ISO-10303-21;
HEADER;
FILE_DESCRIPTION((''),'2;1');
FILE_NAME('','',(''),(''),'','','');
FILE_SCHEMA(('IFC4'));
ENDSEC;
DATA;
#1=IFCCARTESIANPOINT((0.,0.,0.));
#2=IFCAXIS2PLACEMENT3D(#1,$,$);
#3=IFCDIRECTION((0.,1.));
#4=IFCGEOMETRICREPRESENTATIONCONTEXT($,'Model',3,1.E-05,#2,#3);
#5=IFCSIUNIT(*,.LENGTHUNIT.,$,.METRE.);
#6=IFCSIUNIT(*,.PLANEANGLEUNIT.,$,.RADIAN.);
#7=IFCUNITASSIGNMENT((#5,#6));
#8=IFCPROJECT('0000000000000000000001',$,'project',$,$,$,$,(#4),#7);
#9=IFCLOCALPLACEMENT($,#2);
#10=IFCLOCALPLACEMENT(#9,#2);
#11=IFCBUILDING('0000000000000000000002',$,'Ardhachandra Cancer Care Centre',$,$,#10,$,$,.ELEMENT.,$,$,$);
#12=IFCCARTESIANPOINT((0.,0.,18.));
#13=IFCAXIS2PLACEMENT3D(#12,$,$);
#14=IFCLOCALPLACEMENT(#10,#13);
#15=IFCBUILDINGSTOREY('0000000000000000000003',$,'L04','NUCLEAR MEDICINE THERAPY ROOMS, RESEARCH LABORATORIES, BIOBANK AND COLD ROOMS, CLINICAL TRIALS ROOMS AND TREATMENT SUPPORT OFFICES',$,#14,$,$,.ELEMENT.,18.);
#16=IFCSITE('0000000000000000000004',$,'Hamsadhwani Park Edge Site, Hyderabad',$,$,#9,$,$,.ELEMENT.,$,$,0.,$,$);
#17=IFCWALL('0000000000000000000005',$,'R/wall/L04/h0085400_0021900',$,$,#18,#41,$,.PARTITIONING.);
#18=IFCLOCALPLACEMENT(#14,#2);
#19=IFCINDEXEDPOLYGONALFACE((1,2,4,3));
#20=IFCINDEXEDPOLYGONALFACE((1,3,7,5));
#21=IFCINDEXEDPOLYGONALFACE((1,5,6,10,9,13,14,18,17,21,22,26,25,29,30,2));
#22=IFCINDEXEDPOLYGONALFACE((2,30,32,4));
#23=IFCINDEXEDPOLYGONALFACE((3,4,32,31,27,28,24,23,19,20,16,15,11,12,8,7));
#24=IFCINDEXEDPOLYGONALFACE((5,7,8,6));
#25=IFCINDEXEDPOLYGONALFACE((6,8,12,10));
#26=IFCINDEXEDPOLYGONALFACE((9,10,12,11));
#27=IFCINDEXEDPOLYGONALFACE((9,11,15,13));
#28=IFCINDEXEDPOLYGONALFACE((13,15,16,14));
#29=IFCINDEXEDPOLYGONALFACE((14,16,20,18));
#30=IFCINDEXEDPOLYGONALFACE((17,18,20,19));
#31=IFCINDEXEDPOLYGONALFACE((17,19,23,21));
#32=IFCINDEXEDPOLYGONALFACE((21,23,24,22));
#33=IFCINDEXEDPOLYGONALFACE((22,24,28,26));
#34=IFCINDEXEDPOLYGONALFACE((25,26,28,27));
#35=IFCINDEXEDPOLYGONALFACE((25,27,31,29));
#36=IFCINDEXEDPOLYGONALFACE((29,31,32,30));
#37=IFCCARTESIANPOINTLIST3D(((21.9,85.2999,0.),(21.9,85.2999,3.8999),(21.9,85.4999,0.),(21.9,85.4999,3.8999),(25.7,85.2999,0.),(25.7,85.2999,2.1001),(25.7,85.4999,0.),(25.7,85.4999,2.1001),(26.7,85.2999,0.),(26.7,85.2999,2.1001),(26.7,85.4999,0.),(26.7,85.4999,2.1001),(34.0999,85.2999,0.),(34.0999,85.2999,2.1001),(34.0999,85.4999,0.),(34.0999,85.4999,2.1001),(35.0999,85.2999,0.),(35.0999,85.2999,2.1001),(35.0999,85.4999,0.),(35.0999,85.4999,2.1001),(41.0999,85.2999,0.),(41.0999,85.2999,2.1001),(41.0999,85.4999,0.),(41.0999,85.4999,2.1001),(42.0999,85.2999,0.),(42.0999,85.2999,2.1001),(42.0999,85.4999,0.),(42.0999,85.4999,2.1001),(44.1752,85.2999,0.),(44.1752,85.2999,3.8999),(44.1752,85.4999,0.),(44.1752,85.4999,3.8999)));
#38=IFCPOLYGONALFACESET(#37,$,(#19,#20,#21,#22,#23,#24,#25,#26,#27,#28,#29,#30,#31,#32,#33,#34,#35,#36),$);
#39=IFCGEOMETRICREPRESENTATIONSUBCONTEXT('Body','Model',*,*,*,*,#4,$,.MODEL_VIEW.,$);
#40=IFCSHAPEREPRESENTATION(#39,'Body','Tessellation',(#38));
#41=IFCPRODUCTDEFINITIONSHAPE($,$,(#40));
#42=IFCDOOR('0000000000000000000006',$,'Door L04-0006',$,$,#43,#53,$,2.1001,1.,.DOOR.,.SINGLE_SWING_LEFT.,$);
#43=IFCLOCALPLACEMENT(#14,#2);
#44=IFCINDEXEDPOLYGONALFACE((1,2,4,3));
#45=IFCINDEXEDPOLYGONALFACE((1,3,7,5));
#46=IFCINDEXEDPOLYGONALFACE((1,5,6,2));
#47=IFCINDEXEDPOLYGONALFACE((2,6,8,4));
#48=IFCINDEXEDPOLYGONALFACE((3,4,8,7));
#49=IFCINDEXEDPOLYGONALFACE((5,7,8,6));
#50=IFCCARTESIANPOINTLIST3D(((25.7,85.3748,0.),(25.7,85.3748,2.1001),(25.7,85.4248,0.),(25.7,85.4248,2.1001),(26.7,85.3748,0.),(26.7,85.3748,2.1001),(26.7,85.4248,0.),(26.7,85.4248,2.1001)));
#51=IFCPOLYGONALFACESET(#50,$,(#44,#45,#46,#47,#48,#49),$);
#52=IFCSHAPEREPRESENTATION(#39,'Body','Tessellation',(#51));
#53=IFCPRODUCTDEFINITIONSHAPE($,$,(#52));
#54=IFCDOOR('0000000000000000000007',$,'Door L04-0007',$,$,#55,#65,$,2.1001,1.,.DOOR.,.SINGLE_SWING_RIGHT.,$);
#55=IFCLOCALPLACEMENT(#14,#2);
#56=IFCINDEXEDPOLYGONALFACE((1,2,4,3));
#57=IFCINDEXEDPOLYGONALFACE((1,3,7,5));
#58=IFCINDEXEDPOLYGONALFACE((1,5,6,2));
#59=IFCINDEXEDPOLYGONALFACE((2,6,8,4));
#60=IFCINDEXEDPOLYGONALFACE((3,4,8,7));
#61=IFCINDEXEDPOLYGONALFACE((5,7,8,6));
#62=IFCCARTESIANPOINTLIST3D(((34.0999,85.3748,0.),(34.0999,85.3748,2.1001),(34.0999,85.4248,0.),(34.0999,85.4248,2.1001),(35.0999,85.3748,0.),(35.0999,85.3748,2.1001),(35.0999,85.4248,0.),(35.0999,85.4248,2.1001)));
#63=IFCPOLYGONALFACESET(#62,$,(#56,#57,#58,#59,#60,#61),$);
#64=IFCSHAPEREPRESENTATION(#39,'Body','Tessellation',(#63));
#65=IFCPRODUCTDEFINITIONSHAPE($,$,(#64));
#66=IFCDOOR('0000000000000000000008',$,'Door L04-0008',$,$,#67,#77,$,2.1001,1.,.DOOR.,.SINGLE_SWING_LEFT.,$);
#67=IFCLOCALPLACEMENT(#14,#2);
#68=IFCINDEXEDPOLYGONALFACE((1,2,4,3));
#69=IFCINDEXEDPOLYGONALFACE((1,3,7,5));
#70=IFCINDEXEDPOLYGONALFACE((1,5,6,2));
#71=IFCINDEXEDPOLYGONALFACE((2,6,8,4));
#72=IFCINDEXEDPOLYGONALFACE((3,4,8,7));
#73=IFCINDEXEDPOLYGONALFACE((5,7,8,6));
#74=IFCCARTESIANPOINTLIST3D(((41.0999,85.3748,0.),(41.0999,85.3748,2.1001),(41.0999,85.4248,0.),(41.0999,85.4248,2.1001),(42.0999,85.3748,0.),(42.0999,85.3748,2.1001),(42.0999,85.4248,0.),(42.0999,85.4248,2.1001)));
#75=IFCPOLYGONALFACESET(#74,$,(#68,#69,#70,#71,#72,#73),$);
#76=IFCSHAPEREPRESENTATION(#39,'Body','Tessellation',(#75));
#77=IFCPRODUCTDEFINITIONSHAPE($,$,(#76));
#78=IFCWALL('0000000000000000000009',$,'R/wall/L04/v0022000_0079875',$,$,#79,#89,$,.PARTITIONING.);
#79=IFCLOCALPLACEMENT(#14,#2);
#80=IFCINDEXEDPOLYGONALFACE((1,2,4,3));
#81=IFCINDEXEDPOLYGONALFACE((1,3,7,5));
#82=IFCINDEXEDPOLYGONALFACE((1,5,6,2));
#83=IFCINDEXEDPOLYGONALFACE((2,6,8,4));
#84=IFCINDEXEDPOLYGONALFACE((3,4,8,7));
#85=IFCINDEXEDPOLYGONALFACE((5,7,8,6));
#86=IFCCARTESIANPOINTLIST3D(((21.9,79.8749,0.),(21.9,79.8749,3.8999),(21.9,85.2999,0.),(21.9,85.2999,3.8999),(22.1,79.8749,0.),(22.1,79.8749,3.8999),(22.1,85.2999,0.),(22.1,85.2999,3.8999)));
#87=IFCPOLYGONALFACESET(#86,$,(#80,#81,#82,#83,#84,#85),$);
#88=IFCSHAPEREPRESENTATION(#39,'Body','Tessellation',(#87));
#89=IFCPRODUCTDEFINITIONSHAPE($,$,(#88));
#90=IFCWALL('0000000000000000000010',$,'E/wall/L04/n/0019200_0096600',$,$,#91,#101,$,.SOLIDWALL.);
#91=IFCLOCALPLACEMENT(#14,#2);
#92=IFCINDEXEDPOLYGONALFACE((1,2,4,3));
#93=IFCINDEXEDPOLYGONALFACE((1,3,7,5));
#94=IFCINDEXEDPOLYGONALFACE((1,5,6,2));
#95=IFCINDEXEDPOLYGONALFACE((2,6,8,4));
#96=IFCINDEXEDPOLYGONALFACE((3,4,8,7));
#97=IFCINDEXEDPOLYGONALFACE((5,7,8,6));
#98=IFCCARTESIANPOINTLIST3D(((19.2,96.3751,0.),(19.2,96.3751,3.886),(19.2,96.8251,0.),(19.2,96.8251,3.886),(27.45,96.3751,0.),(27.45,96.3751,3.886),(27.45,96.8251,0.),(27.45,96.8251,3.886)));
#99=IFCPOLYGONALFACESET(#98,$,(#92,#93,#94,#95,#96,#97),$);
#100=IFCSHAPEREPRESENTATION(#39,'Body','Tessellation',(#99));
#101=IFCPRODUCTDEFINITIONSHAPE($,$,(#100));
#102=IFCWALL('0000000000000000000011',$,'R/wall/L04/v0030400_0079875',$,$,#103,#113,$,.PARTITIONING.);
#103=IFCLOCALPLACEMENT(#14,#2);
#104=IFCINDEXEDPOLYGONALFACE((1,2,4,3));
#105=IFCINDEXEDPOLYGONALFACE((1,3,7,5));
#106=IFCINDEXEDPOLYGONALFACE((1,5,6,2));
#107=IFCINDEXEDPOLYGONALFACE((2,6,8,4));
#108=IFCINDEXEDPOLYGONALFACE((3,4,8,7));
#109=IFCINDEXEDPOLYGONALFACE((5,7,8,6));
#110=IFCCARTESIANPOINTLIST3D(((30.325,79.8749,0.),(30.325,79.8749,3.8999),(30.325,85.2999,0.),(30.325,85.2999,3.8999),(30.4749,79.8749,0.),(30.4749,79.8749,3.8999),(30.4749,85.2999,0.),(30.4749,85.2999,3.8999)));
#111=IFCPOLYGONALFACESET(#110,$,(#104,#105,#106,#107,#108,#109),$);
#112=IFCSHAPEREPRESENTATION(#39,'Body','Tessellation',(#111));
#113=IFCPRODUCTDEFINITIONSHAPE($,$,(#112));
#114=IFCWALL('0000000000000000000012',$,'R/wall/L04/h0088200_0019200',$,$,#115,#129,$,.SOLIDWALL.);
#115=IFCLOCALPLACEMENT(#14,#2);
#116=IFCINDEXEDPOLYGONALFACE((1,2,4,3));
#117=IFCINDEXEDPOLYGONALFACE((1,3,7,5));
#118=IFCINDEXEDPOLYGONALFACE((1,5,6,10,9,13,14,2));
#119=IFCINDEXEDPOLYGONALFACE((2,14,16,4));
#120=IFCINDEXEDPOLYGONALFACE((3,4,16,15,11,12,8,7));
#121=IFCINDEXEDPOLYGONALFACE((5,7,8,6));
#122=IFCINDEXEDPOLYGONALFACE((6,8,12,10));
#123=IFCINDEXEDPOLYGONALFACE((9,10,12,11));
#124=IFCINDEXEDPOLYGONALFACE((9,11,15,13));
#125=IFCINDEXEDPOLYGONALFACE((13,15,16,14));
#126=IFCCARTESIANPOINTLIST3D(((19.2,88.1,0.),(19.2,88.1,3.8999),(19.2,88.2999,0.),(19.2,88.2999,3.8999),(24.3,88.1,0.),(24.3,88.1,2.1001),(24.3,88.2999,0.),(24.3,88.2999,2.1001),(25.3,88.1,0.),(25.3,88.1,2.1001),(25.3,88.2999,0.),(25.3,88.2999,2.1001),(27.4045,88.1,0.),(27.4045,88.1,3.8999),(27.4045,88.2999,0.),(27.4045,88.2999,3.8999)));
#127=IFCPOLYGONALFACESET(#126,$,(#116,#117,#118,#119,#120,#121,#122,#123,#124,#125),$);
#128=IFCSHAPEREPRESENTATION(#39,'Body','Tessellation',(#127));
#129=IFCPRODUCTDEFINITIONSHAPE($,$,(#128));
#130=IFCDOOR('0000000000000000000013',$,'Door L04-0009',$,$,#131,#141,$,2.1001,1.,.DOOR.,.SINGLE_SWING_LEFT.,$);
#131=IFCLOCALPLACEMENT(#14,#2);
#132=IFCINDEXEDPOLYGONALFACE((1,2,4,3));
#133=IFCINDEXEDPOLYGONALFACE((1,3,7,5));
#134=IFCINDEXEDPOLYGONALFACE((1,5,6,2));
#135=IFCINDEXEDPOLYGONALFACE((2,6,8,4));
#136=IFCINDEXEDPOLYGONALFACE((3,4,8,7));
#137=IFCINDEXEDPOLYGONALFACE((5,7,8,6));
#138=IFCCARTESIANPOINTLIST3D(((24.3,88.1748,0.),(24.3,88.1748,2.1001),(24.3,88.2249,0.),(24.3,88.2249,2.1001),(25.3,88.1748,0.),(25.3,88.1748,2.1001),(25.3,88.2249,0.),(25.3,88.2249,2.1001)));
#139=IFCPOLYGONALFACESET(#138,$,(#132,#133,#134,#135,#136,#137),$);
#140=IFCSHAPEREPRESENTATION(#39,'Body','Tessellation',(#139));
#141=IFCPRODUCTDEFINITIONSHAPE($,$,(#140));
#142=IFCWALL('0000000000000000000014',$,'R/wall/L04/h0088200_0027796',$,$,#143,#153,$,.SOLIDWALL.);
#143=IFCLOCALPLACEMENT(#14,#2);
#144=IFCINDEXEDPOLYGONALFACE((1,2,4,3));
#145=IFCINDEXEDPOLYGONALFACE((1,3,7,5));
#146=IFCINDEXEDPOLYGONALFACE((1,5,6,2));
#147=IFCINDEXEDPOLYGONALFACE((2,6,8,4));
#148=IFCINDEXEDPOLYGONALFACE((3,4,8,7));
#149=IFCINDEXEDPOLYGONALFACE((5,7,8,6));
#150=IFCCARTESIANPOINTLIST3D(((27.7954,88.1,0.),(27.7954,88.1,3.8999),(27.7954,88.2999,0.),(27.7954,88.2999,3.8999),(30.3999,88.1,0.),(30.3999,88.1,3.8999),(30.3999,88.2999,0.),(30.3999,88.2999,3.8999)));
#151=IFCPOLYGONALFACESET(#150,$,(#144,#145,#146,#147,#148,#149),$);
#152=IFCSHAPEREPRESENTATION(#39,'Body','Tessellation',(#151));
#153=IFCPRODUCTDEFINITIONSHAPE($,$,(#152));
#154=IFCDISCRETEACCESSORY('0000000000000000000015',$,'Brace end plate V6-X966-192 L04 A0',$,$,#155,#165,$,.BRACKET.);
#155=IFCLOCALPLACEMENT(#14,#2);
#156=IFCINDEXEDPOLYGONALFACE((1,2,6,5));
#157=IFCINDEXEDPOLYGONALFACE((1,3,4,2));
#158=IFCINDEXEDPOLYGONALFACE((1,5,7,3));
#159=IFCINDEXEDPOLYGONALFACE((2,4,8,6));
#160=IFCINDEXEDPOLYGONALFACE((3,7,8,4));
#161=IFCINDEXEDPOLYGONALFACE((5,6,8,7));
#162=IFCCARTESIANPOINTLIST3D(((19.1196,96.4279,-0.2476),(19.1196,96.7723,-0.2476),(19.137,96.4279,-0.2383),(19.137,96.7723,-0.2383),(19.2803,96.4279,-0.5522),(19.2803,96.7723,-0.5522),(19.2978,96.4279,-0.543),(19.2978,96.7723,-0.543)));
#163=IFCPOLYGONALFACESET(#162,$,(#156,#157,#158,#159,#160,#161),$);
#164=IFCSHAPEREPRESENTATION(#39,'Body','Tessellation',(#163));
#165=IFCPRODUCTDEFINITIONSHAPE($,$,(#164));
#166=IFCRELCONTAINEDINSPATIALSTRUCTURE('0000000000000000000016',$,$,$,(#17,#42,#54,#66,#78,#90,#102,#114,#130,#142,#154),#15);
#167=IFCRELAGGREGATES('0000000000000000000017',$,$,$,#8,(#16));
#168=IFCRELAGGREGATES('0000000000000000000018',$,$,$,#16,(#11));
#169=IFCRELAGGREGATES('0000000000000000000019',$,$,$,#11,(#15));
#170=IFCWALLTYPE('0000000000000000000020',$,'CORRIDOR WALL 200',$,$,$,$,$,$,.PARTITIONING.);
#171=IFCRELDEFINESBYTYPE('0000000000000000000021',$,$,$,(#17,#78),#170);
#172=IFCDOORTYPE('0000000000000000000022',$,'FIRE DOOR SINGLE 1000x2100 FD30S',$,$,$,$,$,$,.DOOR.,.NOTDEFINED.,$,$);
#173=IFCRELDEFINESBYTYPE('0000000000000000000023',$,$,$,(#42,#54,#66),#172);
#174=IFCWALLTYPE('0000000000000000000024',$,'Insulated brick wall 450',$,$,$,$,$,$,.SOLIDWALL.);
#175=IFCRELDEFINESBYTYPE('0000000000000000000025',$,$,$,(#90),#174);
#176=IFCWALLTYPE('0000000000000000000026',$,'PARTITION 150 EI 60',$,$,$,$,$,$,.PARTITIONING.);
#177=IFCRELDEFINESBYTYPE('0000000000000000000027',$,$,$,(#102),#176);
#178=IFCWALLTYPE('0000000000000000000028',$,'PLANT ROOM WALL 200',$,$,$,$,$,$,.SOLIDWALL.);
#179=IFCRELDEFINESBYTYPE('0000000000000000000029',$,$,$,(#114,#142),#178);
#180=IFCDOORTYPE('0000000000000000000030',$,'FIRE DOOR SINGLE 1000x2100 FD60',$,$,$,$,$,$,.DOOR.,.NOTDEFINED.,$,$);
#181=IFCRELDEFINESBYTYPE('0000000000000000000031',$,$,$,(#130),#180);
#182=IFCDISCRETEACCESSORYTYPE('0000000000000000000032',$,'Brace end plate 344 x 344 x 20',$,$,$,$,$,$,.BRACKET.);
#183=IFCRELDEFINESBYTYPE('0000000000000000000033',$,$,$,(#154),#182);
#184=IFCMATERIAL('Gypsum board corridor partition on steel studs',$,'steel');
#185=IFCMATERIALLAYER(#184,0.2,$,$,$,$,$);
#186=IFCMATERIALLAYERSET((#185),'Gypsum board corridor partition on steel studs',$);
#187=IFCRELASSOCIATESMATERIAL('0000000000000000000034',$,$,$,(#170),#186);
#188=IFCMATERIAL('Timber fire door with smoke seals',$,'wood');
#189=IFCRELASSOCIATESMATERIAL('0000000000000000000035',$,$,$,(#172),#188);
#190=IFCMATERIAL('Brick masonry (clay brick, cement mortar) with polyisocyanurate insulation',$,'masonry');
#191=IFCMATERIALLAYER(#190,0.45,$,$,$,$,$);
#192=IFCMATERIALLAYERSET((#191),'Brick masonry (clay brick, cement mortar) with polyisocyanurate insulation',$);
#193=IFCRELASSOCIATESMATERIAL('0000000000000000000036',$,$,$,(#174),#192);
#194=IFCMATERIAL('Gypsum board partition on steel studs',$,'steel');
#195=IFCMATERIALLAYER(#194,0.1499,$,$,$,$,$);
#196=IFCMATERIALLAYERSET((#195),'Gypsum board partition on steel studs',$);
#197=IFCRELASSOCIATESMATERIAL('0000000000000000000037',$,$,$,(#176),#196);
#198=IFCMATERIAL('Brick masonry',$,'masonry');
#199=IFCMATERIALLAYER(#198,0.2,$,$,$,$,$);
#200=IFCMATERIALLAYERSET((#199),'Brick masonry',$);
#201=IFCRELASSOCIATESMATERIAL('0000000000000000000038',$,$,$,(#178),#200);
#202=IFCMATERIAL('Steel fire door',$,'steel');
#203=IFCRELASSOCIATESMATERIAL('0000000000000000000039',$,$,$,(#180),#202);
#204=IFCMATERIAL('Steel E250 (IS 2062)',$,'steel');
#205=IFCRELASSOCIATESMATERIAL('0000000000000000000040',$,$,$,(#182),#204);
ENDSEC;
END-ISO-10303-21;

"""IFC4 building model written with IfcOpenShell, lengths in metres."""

from ifc_helpers import new_model, si_unit, direction, frame, frame_2d, origin, origin_2d, place, context, subcontext, project, spatial, rectangle, extrude, material, layer, layer_set, material_profile, profile_set, type_object, element, fill, save


model = new_model("IFC4")

# Units and contexts
model_context = context("Model", 3, precision=1e-05, world=origin(), true_north=direction((0.0, 1.0)))
body_context = subcontext(model_context, "Body", "Model", "MODEL_VIEW")
ifc_project = project(units=[si_unit("LENGTHUNIT", "METRE"), si_unit("PLANEANGLEUNIT", "RADIAN")], contexts=[model_context])

# Site, building, storey
site_placement = place(None, origin())
site = spatial("IfcSite", under=ifc_project, at=site_placement, Name="Hamsadhwani Park Edge Site, Hyderabad", CompositionType="ELEMENT", RefElevation=0.0)
building_placement = place(site_placement, origin())
building = spatial("IfcBuilding", under=site, at=building_placement, Name="Ardhachandra Cancer Care Centre", CompositionType="ELEMENT")
storey_placement = place(building_placement, frame((0.0, 0.0, 18.0)))
storey = spatial("IfcBuildingStorey", under=building, at=storey_placement, Name="L04", Description="NUCLEAR MEDICINE THERAPY ROOMS, RESEARCH LABORATORIES, BIOBANK AND COLD ROOMS, CLINICAL TRIALS ROOMS AND TREATMENT SUPPORT OFFICES", CompositionType="ELEMENT", Elevation=18.0)

# Wall, openings, doors
ifc_material_1 = material(Name="Gypsum board corridor partition on steel studs", Category="steel")
ifc_layer_1 = layer(ifc_material_1, 0.2)
ifc_layer_set_1 = layer_set([ifc_layer_1], Name="Gypsum board corridor partition on steel studs")
wall_type_1 = type_object("IfcWallType", Name="CORRIDOR WALL 200", PredefinedType="PARTITIONING", material=ifc_layer_set_1)
wall_1_placement = place(storey_placement, frame((21.8999, 85.3999, 0.0), z_axis=(0.0, 0.0, 1.0), x_axis=(1.0, 0.0, 0.0)))
wall_1 = element("IfcWall", 1, at=wall_1_placement, inside=storey, type_object=wall_type_1, Name="R/wall/L04/h0085400_0021900", PredefinedType="PARTITIONING", context=body_context, shape_type="SweptSolid", body=[
    extrude(rectangle(XDim=22.2751, YDim=0.2, at=frame_2d((11.1377, 0.0))), origin(), (0.0, 0.0, 1.0), 3.8999),
])
opening_1_placement = place(wall_1_placement, frame((3.8, 0.0, 0.0)))
opening_1 = element("IfcOpeningElement", 2, at=opening_1_placement, cuts=wall_1, PredefinedType="OPENING", context=body_context, shape_type="SweptSolid", body=[
    extrude(rectangle(XDim=1.0, YDim=2.1001, at=frame_2d((0.5, 1.05))), frame((0.0, 0.1099, 0.0), z_axis=(0.0, -1.0, 0.0), x_axis=(1.0, 0.0, 0.0)), (0.0, 0.0, 1.0), 0.22),
])
opening_2_placement = place(wall_1_placement, frame((12.2, 0.0, 0.0)))
opening_2 = element("IfcOpeningElement", 3, at=opening_2_placement, cuts=wall_1, PredefinedType="OPENING", context=body_context, shape_type="SweptSolid", body=[
    extrude(rectangle(XDim=1.0, YDim=2.1001, at=frame_2d((0.5, 1.05))), frame((0.0, 0.1099, 0.0), z_axis=(0.0, -1.0, 0.0), x_axis=(1.0, 0.0, 0.0)), (0.0, 0.0, 1.0), 0.22),
])
opening_3_placement = place(wall_1_placement, frame((19.2, 0.0, 0.0)))
opening_3 = element("IfcOpeningElement", 4, at=opening_3_placement, cuts=wall_1, PredefinedType="OPENING", context=body_context, shape_type="SweptSolid", body=[
    extrude(rectangle(XDim=1.0, YDim=2.1001, at=frame_2d((0.5, 1.05))), frame((0.0, 0.1099, 0.0), z_axis=(0.0, -1.0, 0.0), x_axis=(1.0, 0.0, 0.0)), (0.0, 0.0, 1.0), 0.22),
])
ifc_material_2 = material(Name="Timber fire door with smoke seals", Category="wood")
door_type_1 = type_object("IfcDoorType", Name="FIRE DOOR SINGLE 1000x2100 FD30S", OperationType="NOTDEFINED", PredefinedType="DOOR", material=ifc_material_2)
door_1_placement = place(opening_1_placement, origin())
door_1 = element("IfcDoor", 5, at=door_1_placement, inside=storey, type_object=door_type_1, Name="Door L04-0006", OperationType="SINGLE_SWING_LEFT", OverallHeight=2.1001, OverallWidth=1.0, PredefinedType="DOOR", context=body_context, shape_type="SweptSolid", body=[
    extrude(rectangle(XDim=1.0, YDim=2.1001, at=frame_2d((0.5, 1.05))), frame((0.0, 0.0249, 0.0), z_axis=(0.0, -1.0, 0.0), x_axis=(1.0, 0.0, 0.0)), (0.0, 0.0, 1.0), 0.05),
])
fill(opening_1, door_1)
door_2_placement = place(opening_2_placement, origin())
door_2 = element("IfcDoor", 6, at=door_2_placement, inside=storey, type_object=door_type_1, Name="Door L04-0007", OperationType="SINGLE_SWING_RIGHT", OverallHeight=2.1001, OverallWidth=1.0, PredefinedType="DOOR", context=body_context, shape_type="SweptSolid", body=[
    extrude(rectangle(XDim=1.0, YDim=2.1001, at=frame_2d((0.5, 1.05))), frame((0.0, 0.0249, 0.0), z_axis=(0.0, -1.0, 0.0), x_axis=(1.0, 0.0, 0.0)), (0.0, 0.0, 1.0), 0.05),
])
fill(opening_2, door_2)
door_3_placement = place(opening_3_placement, origin())
door_3 = element("IfcDoor", 7, at=door_3_placement, inside=storey, type_object=door_type_1, Name="Door L04-0008", OperationType="SINGLE_SWING_LEFT", OverallHeight=2.1001, OverallWidth=1.0, PredefinedType="DOOR", context=body_context, shape_type="SweptSolid", body=[
    extrude(rectangle(XDim=1.0, YDim=2.1001, at=frame_2d((0.5, 1.05))), frame((0.0, 0.0249, 0.0), z_axis=(0.0, -1.0, 0.0), x_axis=(1.0, 0.0, 0.0)), (0.0, 0.0, 1.0), 0.05),
])
fill(opening_3, door_3)

# Walls
wall_2_placement = place(storey_placement, frame((22.0, 79.875, 0.0), z_axis=(0.0, 0.0, 1.0), x_axis=(0.0, 1.0, 0.0)))
element("IfcWall", 8, at=wall_2_placement, inside=storey, type_object=wall_type_1, Name="R/wall/L04/v0022000_0079875", PredefinedType="PARTITIONING", context=body_context, shape_type="SweptSolid", body=[
    extrude(rectangle(XDim=5.425, YDim=0.2, at=frame_2d((2.7124, 0.0))), origin(), (0.0, 0.0, 1.0), 3.8999),
])
ifc_material_3 = material(Name="Brick masonry (clay brick, cement mortar) with polyisocyanurate insulation", Category="masonry")
ifc_layer_2 = layer(ifc_material_3, 0.45)
ifc_layer_set_2 = layer_set([ifc_layer_2], Name="Brick masonry (clay brick, cement mortar) with polyisocyanurate insulation")
wall_type_2 = type_object("IfcWallType", Name="Insulated brick wall 450", PredefinedType="SOLIDWALL", material=ifc_layer_set_2)
wall_3_placement = place(storey_placement, frame((19.2, 96.6001, 0.0), z_axis=(0.0, 0.0, 1.0), x_axis=(1.0, 0.0, 0.0)))
element("IfcWall", 9, at=wall_3_placement, inside=storey, type_object=wall_type_2, Name="E/wall/L04/n/0019200_0096600", PredefinedType="SOLIDWALL", context=body_context, shape_type="SweptSolid", body=[
    extrude(rectangle(XDim=8.25, YDim=0.45, at=frame_2d((4.125, 0.0))), origin(), (0.0, 0.0, 1.0), 3.886),
])
ifc_material_4 = material(Name="Gypsum board partition on steel studs", Category="steel")
ifc_layer_3 = layer(ifc_material_4, 0.1499)
ifc_layer_set_3 = layer_set([ifc_layer_3], Name="Gypsum board partition on steel studs")
wall_type_3 = type_object("IfcWallType", Name="PARTITION 150 EI 60", PredefinedType="PARTITIONING", material=ifc_layer_set_3)
wall_4_placement = place(storey_placement, frame((30.3999, 79.875, 0.0), z_axis=(0.0, 0.0, 1.0), x_axis=(0.0, 1.0, 0.0)))
element("IfcWall", 10, at=wall_4_placement, inside=storey, type_object=wall_type_3, Name="R/wall/L04/v0030400_0079875", PredefinedType="PARTITIONING", context=body_context, shape_type="SweptSolid", body=[
    extrude(rectangle(XDim=5.425, YDim=0.1499, at=frame_2d((2.7124, 0.0))), origin(), (0.0, 0.0, 1.0), 3.8999),
])

# Wall, opening, door
ifc_material_5 = material(Name="Brick masonry", Category="masonry")
ifc_layer_4 = layer(ifc_material_5, 0.2)
ifc_layer_set_4 = layer_set([ifc_layer_4], Name="Brick masonry")
wall_type_4 = type_object("IfcWallType", Name="PLANT ROOM WALL 200", PredefinedType="SOLIDWALL", material=ifc_layer_set_4)
wall_5_placement = place(storey_placement, frame((19.2, 88.2, 0.0), z_axis=(0.0, 0.0, 1.0), x_axis=(1.0, 0.0, 0.0)))
wall_5 = element("IfcWall", 11, at=wall_5_placement, inside=storey, type_object=wall_type_4, Name="R/wall/L04/h0088200_0019200", PredefinedType="SOLIDWALL", context=body_context, shape_type="SweptSolid", body=[
    extrude(rectangle(XDim=8.2046, YDim=0.2, at=frame_2d((4.1023, 0.0))), origin(), (0.0, 0.0, 1.0), 3.8999),
])
opening_4_placement = place(wall_5_placement, frame((5.1001, 0.0, 0.0)))
opening_4 = element("IfcOpeningElement", 12, at=opening_4_placement, cuts=wall_5, PredefinedType="OPENING", context=body_context, shape_type="SweptSolid", body=[
    extrude(rectangle(XDim=1.0, YDim=2.1001, at=frame_2d((0.5, 1.05))), frame((0.0, 0.1099, 0.0), z_axis=(0.0, -1.0, 0.0), x_axis=(1.0, 0.0, 0.0)), (0.0, 0.0, 1.0), 0.22),
])
ifc_material_6 = material(Name="Steel fire door", Category="steel")
door_type_2 = type_object("IfcDoorType", Name="FIRE DOOR SINGLE 1000x2100 FD60", OperationType="NOTDEFINED", PredefinedType="DOOR", material=ifc_material_6)
door_4_placement = place(opening_4_placement, origin())
door_4 = element("IfcDoor", 13, at=door_4_placement, inside=storey, type_object=door_type_2, Name="Door L04-0009", OperationType="SINGLE_SWING_LEFT", OverallHeight=2.1001, OverallWidth=1.0, PredefinedType="DOOR", context=body_context, shape_type="SweptSolid", body=[
    extrude(rectangle(XDim=1.0, YDim=2.1001, at=frame_2d((0.5, 1.05))), frame((0.0, 0.0249, 0.0), z_axis=(0.0, -1.0, 0.0), x_axis=(1.0, 0.0, 0.0)), (0.0, 0.0, 1.0), 0.05),
])
fill(opening_4, door_4)

# Wall
wall_6_placement = place(storey_placement, frame((27.7954, 88.2, 0.0), z_axis=(0.0, 0.0, 1.0), x_axis=(1.0, 0.0, 0.0)))
element("IfcWall", 14, at=wall_6_placement, inside=storey, type_object=wall_type_4, Name="R/wall/L04/h0088200_0027796", PredefinedType="SOLIDWALL", context=body_context, shape_type="SweptSolid", body=[
    extrude(rectangle(XDim=2.6045, YDim=0.2, at=frame_2d((1.3022, 0.0))), origin(), (0.0, 0.0, 1.0), 3.8999),
])

# Discrete accessory
ifc_material_7 = material(Name="Steel E250 (IS 2062)", Category="steel")
ifc_material_profile_1 = material_profile(ifc_material_7, rectangle(XDim=0.3445, YDim=0.3445, at=origin_2d()), Name="PL 344x344x20")
ifc_profile_set_1 = profile_set([ifc_material_profile_1], Name="Steel E250 (IS 2062)")
discrete_accessory_type_1 = type_object("IfcDiscreteAccessoryType", Name="Brace end plate 344 x 344 x 20", PredefinedType="BRACKET", material=ifc_profile_set_1)
for number, where, z_axis, x_axis, name in (
    (15, (19.2, 96.6001, -0.3999), (0.884385, 0.0, 0.466759), (0.0, 1.0, 0.0), "Brace end plate V6-X966-192 L04 A0"),
):
    element("IfcDiscreteAccessory", number, at=place(storey_placement, frame(where, z_axis=z_axis, x_axis=x_axis)), inside=storey, type_object=discrete_accessory_type_1, Name=name, PredefinedType="BRACKET", context=body_context, shape_type="SweptSolid", body=[
        extrude(rectangle(XDim=0.3445, YDim=0.3445, at=origin_2d()), origin(), (0.0, 0.0, 1.0), 0.0198),
    ])

save(model, "model.ifc")
